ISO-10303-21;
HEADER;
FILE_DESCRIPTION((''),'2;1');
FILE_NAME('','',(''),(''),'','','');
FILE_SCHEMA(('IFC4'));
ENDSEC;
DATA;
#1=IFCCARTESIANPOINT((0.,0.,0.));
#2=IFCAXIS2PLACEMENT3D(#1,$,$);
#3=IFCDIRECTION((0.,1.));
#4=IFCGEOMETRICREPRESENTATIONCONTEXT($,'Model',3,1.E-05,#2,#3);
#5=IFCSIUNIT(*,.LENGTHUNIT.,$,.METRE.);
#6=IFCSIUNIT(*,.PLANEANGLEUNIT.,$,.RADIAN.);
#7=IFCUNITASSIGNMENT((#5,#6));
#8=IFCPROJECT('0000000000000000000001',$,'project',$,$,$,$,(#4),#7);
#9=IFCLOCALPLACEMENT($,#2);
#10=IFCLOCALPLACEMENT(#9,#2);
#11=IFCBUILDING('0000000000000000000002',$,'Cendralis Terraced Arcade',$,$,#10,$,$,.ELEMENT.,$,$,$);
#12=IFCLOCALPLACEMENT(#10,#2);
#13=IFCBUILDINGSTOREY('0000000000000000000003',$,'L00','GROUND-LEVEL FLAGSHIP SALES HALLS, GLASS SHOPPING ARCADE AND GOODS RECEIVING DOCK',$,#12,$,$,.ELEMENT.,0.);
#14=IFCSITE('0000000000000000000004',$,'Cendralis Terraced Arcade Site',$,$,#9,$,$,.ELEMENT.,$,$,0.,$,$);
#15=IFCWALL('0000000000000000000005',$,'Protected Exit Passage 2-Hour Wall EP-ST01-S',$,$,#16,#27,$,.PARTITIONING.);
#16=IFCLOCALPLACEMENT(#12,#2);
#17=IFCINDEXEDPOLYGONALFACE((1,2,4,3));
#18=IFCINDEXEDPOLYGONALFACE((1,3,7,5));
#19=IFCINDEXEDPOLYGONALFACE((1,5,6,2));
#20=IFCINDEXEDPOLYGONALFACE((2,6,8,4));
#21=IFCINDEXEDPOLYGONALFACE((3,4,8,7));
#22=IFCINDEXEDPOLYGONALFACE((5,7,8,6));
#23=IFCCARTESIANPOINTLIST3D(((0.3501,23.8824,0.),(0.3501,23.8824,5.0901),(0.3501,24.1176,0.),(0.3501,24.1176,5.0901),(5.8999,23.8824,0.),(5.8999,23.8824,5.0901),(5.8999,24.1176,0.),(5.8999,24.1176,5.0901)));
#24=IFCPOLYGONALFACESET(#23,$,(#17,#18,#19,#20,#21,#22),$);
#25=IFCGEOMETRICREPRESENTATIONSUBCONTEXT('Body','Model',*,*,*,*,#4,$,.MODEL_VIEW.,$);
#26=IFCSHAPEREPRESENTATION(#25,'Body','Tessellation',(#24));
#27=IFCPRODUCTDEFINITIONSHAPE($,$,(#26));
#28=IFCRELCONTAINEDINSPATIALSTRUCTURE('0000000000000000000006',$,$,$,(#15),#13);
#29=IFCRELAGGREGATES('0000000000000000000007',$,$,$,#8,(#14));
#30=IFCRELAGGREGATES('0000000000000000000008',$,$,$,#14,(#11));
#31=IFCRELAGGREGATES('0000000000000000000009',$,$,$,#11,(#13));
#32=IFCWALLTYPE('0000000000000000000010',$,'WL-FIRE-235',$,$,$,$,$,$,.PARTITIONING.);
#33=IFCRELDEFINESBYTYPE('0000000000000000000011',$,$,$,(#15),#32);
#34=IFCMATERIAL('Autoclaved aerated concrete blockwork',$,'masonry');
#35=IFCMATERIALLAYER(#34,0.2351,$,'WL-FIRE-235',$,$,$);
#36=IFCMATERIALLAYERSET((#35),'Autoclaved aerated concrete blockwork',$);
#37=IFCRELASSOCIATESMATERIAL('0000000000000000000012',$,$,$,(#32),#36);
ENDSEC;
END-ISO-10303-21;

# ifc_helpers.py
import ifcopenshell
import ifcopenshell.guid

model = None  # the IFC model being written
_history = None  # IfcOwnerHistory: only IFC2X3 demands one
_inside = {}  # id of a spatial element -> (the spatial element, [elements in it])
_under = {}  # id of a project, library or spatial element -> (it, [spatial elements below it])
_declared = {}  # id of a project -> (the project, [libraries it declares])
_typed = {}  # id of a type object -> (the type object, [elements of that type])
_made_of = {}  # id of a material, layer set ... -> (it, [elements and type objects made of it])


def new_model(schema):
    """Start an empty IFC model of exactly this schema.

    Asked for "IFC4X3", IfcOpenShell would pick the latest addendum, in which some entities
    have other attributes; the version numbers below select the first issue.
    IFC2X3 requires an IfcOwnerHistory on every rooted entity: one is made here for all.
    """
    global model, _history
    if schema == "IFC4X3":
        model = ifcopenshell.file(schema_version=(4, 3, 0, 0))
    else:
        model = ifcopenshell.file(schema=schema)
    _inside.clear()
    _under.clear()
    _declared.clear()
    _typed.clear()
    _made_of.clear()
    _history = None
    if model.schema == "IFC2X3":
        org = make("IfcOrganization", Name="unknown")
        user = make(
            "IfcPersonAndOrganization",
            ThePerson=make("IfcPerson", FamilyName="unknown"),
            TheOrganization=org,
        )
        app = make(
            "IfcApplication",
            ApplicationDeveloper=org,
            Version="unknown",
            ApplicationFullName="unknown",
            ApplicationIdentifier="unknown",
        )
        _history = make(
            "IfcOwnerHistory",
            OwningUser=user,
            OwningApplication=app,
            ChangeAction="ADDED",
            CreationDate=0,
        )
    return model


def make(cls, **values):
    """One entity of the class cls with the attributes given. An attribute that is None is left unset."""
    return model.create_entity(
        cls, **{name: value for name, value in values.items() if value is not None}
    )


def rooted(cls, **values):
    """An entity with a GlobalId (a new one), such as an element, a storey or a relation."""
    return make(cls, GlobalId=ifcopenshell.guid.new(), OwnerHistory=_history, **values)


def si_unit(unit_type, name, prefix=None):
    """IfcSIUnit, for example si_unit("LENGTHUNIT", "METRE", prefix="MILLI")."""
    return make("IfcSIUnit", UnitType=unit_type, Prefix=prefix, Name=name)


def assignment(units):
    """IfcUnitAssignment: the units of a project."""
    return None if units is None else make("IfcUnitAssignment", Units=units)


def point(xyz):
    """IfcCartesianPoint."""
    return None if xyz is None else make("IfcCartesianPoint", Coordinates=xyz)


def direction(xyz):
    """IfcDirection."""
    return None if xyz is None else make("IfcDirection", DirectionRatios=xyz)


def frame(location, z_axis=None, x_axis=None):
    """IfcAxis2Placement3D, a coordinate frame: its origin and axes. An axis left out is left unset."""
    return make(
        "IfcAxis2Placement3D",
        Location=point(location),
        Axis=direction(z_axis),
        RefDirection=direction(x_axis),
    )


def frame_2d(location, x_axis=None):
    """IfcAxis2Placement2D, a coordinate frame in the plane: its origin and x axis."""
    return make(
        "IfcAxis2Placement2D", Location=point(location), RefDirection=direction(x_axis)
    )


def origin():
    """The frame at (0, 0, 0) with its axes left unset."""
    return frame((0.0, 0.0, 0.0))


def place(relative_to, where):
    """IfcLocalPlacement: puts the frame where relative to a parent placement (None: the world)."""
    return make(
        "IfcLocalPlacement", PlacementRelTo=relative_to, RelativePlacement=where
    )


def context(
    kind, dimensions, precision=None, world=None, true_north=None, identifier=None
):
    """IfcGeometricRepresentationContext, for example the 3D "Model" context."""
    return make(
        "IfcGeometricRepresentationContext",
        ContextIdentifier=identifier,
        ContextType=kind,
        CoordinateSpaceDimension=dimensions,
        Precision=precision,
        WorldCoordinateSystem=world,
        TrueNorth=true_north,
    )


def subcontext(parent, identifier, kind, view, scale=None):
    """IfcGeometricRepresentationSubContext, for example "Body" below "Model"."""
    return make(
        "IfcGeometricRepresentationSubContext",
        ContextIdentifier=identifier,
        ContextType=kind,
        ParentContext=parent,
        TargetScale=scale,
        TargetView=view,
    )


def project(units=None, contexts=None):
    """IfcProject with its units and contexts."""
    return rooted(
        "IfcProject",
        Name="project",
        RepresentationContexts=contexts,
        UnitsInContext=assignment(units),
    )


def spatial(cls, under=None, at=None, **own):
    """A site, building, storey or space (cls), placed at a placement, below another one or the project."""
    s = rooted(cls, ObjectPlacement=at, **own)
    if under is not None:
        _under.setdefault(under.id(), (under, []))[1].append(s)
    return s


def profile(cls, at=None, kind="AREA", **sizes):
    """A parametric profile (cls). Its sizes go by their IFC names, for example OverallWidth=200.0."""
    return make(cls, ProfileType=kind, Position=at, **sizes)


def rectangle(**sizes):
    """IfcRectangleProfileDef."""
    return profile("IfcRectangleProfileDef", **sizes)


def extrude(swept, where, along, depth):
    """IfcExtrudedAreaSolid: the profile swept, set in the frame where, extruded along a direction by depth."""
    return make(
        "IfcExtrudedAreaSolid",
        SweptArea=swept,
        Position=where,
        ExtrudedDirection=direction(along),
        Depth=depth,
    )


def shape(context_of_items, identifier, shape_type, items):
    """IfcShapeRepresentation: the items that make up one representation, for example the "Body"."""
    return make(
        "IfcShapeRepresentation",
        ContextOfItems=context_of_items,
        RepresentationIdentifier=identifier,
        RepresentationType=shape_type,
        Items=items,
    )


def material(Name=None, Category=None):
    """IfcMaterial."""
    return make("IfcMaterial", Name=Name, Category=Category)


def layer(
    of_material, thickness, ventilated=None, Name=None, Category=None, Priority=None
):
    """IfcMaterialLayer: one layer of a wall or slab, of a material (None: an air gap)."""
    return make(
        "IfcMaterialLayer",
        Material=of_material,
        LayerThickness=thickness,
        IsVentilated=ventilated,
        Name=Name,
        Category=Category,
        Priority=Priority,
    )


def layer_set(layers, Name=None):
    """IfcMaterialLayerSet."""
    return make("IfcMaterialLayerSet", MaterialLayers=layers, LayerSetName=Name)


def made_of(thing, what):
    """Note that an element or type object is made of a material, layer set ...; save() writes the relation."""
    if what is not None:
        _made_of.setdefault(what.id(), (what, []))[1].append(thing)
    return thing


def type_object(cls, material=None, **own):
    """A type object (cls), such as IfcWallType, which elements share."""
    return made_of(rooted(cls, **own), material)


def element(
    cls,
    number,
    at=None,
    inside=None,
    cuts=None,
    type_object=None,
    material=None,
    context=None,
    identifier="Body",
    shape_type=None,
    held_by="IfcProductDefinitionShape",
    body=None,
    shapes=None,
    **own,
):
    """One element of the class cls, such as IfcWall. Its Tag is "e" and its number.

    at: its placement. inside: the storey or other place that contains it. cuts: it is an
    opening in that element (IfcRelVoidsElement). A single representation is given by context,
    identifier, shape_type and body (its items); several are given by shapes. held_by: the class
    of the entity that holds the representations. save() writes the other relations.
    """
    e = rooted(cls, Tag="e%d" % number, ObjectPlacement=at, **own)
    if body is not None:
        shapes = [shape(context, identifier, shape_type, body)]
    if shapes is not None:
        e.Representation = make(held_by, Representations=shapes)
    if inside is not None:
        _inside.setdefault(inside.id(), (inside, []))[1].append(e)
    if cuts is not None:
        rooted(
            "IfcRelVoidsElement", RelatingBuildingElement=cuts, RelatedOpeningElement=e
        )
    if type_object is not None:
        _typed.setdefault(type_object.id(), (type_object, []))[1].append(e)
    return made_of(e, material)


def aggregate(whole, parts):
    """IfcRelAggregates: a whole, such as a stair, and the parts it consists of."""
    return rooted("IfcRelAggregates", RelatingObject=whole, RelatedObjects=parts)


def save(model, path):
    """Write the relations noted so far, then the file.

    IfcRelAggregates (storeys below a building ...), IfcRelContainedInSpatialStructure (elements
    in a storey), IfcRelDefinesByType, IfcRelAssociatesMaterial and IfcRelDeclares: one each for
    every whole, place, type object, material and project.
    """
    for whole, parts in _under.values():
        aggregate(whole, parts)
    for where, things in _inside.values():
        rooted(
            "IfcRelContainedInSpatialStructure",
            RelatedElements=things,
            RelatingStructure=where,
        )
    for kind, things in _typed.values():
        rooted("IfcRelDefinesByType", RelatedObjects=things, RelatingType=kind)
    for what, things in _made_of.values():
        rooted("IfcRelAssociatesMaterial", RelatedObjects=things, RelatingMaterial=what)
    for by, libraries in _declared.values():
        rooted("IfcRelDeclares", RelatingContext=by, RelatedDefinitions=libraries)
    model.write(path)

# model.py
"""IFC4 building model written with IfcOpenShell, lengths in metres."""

from ifc_helpers import new_model, si_unit, direction, frame, frame_2d, origin, place, context, subcontext, project, spatial, rectangle, extrude, material, layer, layer_set, type_object, element, save


model = new_model("IFC4")

# Units and contexts
model_context = context("Model", 3, precision=1e-05, world=origin(), true_north=direction((0.0, 1.0)))
body_context = subcontext(model_context, "Body", "Model", "MODEL_VIEW")
ifc_project = project(units=[si_unit("LENGTHUNIT", "METRE"), si_unit("PLANEANGLEUNIT", "RADIAN")], contexts=[model_context])

# Site, building, storey
site_placement = place(None, origin())
site = spatial("IfcSite", under=ifc_project, at=site_placement, Name="Cendralis Terraced Arcade Site", CompositionType="ELEMENT", RefElevation=0.0)
building_placement = place(site_placement, origin())
building = spatial("IfcBuilding", under=site, at=building_placement, Name="Cendralis Terraced Arcade", CompositionType="ELEMENT")
storey_placement = place(building_placement, origin())
storey = spatial("IfcBuildingStorey", under=building, at=storey_placement, Name="L00", Description="GROUND-LEVEL FLAGSHIP SALES HALLS, GLASS SHOPPING ARCADE AND GOODS RECEIVING DOCK", CompositionType="ELEMENT", Elevation=0.0)

# Wall
ifc_material_1 = material(Name="Autoclaved aerated concrete blockwork", Category="masonry")
ifc_layer_1 = layer(ifc_material_1, 0.2351, Name="WL-FIRE-235")
ifc_layer_set_1 = layer_set([ifc_layer_1], Name="Autoclaved aerated concrete blockwork")
wall_type_1 = type_object("IfcWallType", Name="WL-FIRE-235", PredefinedType="PARTITIONING", material=ifc_layer_set_1)
wall_1_placement = place(storey_placement, frame((0.3501, 24.0, 0.0), z_axis=(0.0, 0.0, 1.0), x_axis=(1.0, 0.0, 0.0)))
element("IfcWall", 1, at=wall_1_placement, inside=storey, type_object=wall_type_1, Name="Protected Exit Passage 2-Hour Wall EP-ST01-S", PredefinedType="PARTITIONING", context=body_context, shape_type="SweptSolid", body=[
    extrude(rectangle(XDim=5.5498, YDim=0.2351, at=frame_2d((2.7749, 0.0))), origin(), (0.0, 0.0, 1.0), 5.0901),
])

save(model, "model.ifc")
